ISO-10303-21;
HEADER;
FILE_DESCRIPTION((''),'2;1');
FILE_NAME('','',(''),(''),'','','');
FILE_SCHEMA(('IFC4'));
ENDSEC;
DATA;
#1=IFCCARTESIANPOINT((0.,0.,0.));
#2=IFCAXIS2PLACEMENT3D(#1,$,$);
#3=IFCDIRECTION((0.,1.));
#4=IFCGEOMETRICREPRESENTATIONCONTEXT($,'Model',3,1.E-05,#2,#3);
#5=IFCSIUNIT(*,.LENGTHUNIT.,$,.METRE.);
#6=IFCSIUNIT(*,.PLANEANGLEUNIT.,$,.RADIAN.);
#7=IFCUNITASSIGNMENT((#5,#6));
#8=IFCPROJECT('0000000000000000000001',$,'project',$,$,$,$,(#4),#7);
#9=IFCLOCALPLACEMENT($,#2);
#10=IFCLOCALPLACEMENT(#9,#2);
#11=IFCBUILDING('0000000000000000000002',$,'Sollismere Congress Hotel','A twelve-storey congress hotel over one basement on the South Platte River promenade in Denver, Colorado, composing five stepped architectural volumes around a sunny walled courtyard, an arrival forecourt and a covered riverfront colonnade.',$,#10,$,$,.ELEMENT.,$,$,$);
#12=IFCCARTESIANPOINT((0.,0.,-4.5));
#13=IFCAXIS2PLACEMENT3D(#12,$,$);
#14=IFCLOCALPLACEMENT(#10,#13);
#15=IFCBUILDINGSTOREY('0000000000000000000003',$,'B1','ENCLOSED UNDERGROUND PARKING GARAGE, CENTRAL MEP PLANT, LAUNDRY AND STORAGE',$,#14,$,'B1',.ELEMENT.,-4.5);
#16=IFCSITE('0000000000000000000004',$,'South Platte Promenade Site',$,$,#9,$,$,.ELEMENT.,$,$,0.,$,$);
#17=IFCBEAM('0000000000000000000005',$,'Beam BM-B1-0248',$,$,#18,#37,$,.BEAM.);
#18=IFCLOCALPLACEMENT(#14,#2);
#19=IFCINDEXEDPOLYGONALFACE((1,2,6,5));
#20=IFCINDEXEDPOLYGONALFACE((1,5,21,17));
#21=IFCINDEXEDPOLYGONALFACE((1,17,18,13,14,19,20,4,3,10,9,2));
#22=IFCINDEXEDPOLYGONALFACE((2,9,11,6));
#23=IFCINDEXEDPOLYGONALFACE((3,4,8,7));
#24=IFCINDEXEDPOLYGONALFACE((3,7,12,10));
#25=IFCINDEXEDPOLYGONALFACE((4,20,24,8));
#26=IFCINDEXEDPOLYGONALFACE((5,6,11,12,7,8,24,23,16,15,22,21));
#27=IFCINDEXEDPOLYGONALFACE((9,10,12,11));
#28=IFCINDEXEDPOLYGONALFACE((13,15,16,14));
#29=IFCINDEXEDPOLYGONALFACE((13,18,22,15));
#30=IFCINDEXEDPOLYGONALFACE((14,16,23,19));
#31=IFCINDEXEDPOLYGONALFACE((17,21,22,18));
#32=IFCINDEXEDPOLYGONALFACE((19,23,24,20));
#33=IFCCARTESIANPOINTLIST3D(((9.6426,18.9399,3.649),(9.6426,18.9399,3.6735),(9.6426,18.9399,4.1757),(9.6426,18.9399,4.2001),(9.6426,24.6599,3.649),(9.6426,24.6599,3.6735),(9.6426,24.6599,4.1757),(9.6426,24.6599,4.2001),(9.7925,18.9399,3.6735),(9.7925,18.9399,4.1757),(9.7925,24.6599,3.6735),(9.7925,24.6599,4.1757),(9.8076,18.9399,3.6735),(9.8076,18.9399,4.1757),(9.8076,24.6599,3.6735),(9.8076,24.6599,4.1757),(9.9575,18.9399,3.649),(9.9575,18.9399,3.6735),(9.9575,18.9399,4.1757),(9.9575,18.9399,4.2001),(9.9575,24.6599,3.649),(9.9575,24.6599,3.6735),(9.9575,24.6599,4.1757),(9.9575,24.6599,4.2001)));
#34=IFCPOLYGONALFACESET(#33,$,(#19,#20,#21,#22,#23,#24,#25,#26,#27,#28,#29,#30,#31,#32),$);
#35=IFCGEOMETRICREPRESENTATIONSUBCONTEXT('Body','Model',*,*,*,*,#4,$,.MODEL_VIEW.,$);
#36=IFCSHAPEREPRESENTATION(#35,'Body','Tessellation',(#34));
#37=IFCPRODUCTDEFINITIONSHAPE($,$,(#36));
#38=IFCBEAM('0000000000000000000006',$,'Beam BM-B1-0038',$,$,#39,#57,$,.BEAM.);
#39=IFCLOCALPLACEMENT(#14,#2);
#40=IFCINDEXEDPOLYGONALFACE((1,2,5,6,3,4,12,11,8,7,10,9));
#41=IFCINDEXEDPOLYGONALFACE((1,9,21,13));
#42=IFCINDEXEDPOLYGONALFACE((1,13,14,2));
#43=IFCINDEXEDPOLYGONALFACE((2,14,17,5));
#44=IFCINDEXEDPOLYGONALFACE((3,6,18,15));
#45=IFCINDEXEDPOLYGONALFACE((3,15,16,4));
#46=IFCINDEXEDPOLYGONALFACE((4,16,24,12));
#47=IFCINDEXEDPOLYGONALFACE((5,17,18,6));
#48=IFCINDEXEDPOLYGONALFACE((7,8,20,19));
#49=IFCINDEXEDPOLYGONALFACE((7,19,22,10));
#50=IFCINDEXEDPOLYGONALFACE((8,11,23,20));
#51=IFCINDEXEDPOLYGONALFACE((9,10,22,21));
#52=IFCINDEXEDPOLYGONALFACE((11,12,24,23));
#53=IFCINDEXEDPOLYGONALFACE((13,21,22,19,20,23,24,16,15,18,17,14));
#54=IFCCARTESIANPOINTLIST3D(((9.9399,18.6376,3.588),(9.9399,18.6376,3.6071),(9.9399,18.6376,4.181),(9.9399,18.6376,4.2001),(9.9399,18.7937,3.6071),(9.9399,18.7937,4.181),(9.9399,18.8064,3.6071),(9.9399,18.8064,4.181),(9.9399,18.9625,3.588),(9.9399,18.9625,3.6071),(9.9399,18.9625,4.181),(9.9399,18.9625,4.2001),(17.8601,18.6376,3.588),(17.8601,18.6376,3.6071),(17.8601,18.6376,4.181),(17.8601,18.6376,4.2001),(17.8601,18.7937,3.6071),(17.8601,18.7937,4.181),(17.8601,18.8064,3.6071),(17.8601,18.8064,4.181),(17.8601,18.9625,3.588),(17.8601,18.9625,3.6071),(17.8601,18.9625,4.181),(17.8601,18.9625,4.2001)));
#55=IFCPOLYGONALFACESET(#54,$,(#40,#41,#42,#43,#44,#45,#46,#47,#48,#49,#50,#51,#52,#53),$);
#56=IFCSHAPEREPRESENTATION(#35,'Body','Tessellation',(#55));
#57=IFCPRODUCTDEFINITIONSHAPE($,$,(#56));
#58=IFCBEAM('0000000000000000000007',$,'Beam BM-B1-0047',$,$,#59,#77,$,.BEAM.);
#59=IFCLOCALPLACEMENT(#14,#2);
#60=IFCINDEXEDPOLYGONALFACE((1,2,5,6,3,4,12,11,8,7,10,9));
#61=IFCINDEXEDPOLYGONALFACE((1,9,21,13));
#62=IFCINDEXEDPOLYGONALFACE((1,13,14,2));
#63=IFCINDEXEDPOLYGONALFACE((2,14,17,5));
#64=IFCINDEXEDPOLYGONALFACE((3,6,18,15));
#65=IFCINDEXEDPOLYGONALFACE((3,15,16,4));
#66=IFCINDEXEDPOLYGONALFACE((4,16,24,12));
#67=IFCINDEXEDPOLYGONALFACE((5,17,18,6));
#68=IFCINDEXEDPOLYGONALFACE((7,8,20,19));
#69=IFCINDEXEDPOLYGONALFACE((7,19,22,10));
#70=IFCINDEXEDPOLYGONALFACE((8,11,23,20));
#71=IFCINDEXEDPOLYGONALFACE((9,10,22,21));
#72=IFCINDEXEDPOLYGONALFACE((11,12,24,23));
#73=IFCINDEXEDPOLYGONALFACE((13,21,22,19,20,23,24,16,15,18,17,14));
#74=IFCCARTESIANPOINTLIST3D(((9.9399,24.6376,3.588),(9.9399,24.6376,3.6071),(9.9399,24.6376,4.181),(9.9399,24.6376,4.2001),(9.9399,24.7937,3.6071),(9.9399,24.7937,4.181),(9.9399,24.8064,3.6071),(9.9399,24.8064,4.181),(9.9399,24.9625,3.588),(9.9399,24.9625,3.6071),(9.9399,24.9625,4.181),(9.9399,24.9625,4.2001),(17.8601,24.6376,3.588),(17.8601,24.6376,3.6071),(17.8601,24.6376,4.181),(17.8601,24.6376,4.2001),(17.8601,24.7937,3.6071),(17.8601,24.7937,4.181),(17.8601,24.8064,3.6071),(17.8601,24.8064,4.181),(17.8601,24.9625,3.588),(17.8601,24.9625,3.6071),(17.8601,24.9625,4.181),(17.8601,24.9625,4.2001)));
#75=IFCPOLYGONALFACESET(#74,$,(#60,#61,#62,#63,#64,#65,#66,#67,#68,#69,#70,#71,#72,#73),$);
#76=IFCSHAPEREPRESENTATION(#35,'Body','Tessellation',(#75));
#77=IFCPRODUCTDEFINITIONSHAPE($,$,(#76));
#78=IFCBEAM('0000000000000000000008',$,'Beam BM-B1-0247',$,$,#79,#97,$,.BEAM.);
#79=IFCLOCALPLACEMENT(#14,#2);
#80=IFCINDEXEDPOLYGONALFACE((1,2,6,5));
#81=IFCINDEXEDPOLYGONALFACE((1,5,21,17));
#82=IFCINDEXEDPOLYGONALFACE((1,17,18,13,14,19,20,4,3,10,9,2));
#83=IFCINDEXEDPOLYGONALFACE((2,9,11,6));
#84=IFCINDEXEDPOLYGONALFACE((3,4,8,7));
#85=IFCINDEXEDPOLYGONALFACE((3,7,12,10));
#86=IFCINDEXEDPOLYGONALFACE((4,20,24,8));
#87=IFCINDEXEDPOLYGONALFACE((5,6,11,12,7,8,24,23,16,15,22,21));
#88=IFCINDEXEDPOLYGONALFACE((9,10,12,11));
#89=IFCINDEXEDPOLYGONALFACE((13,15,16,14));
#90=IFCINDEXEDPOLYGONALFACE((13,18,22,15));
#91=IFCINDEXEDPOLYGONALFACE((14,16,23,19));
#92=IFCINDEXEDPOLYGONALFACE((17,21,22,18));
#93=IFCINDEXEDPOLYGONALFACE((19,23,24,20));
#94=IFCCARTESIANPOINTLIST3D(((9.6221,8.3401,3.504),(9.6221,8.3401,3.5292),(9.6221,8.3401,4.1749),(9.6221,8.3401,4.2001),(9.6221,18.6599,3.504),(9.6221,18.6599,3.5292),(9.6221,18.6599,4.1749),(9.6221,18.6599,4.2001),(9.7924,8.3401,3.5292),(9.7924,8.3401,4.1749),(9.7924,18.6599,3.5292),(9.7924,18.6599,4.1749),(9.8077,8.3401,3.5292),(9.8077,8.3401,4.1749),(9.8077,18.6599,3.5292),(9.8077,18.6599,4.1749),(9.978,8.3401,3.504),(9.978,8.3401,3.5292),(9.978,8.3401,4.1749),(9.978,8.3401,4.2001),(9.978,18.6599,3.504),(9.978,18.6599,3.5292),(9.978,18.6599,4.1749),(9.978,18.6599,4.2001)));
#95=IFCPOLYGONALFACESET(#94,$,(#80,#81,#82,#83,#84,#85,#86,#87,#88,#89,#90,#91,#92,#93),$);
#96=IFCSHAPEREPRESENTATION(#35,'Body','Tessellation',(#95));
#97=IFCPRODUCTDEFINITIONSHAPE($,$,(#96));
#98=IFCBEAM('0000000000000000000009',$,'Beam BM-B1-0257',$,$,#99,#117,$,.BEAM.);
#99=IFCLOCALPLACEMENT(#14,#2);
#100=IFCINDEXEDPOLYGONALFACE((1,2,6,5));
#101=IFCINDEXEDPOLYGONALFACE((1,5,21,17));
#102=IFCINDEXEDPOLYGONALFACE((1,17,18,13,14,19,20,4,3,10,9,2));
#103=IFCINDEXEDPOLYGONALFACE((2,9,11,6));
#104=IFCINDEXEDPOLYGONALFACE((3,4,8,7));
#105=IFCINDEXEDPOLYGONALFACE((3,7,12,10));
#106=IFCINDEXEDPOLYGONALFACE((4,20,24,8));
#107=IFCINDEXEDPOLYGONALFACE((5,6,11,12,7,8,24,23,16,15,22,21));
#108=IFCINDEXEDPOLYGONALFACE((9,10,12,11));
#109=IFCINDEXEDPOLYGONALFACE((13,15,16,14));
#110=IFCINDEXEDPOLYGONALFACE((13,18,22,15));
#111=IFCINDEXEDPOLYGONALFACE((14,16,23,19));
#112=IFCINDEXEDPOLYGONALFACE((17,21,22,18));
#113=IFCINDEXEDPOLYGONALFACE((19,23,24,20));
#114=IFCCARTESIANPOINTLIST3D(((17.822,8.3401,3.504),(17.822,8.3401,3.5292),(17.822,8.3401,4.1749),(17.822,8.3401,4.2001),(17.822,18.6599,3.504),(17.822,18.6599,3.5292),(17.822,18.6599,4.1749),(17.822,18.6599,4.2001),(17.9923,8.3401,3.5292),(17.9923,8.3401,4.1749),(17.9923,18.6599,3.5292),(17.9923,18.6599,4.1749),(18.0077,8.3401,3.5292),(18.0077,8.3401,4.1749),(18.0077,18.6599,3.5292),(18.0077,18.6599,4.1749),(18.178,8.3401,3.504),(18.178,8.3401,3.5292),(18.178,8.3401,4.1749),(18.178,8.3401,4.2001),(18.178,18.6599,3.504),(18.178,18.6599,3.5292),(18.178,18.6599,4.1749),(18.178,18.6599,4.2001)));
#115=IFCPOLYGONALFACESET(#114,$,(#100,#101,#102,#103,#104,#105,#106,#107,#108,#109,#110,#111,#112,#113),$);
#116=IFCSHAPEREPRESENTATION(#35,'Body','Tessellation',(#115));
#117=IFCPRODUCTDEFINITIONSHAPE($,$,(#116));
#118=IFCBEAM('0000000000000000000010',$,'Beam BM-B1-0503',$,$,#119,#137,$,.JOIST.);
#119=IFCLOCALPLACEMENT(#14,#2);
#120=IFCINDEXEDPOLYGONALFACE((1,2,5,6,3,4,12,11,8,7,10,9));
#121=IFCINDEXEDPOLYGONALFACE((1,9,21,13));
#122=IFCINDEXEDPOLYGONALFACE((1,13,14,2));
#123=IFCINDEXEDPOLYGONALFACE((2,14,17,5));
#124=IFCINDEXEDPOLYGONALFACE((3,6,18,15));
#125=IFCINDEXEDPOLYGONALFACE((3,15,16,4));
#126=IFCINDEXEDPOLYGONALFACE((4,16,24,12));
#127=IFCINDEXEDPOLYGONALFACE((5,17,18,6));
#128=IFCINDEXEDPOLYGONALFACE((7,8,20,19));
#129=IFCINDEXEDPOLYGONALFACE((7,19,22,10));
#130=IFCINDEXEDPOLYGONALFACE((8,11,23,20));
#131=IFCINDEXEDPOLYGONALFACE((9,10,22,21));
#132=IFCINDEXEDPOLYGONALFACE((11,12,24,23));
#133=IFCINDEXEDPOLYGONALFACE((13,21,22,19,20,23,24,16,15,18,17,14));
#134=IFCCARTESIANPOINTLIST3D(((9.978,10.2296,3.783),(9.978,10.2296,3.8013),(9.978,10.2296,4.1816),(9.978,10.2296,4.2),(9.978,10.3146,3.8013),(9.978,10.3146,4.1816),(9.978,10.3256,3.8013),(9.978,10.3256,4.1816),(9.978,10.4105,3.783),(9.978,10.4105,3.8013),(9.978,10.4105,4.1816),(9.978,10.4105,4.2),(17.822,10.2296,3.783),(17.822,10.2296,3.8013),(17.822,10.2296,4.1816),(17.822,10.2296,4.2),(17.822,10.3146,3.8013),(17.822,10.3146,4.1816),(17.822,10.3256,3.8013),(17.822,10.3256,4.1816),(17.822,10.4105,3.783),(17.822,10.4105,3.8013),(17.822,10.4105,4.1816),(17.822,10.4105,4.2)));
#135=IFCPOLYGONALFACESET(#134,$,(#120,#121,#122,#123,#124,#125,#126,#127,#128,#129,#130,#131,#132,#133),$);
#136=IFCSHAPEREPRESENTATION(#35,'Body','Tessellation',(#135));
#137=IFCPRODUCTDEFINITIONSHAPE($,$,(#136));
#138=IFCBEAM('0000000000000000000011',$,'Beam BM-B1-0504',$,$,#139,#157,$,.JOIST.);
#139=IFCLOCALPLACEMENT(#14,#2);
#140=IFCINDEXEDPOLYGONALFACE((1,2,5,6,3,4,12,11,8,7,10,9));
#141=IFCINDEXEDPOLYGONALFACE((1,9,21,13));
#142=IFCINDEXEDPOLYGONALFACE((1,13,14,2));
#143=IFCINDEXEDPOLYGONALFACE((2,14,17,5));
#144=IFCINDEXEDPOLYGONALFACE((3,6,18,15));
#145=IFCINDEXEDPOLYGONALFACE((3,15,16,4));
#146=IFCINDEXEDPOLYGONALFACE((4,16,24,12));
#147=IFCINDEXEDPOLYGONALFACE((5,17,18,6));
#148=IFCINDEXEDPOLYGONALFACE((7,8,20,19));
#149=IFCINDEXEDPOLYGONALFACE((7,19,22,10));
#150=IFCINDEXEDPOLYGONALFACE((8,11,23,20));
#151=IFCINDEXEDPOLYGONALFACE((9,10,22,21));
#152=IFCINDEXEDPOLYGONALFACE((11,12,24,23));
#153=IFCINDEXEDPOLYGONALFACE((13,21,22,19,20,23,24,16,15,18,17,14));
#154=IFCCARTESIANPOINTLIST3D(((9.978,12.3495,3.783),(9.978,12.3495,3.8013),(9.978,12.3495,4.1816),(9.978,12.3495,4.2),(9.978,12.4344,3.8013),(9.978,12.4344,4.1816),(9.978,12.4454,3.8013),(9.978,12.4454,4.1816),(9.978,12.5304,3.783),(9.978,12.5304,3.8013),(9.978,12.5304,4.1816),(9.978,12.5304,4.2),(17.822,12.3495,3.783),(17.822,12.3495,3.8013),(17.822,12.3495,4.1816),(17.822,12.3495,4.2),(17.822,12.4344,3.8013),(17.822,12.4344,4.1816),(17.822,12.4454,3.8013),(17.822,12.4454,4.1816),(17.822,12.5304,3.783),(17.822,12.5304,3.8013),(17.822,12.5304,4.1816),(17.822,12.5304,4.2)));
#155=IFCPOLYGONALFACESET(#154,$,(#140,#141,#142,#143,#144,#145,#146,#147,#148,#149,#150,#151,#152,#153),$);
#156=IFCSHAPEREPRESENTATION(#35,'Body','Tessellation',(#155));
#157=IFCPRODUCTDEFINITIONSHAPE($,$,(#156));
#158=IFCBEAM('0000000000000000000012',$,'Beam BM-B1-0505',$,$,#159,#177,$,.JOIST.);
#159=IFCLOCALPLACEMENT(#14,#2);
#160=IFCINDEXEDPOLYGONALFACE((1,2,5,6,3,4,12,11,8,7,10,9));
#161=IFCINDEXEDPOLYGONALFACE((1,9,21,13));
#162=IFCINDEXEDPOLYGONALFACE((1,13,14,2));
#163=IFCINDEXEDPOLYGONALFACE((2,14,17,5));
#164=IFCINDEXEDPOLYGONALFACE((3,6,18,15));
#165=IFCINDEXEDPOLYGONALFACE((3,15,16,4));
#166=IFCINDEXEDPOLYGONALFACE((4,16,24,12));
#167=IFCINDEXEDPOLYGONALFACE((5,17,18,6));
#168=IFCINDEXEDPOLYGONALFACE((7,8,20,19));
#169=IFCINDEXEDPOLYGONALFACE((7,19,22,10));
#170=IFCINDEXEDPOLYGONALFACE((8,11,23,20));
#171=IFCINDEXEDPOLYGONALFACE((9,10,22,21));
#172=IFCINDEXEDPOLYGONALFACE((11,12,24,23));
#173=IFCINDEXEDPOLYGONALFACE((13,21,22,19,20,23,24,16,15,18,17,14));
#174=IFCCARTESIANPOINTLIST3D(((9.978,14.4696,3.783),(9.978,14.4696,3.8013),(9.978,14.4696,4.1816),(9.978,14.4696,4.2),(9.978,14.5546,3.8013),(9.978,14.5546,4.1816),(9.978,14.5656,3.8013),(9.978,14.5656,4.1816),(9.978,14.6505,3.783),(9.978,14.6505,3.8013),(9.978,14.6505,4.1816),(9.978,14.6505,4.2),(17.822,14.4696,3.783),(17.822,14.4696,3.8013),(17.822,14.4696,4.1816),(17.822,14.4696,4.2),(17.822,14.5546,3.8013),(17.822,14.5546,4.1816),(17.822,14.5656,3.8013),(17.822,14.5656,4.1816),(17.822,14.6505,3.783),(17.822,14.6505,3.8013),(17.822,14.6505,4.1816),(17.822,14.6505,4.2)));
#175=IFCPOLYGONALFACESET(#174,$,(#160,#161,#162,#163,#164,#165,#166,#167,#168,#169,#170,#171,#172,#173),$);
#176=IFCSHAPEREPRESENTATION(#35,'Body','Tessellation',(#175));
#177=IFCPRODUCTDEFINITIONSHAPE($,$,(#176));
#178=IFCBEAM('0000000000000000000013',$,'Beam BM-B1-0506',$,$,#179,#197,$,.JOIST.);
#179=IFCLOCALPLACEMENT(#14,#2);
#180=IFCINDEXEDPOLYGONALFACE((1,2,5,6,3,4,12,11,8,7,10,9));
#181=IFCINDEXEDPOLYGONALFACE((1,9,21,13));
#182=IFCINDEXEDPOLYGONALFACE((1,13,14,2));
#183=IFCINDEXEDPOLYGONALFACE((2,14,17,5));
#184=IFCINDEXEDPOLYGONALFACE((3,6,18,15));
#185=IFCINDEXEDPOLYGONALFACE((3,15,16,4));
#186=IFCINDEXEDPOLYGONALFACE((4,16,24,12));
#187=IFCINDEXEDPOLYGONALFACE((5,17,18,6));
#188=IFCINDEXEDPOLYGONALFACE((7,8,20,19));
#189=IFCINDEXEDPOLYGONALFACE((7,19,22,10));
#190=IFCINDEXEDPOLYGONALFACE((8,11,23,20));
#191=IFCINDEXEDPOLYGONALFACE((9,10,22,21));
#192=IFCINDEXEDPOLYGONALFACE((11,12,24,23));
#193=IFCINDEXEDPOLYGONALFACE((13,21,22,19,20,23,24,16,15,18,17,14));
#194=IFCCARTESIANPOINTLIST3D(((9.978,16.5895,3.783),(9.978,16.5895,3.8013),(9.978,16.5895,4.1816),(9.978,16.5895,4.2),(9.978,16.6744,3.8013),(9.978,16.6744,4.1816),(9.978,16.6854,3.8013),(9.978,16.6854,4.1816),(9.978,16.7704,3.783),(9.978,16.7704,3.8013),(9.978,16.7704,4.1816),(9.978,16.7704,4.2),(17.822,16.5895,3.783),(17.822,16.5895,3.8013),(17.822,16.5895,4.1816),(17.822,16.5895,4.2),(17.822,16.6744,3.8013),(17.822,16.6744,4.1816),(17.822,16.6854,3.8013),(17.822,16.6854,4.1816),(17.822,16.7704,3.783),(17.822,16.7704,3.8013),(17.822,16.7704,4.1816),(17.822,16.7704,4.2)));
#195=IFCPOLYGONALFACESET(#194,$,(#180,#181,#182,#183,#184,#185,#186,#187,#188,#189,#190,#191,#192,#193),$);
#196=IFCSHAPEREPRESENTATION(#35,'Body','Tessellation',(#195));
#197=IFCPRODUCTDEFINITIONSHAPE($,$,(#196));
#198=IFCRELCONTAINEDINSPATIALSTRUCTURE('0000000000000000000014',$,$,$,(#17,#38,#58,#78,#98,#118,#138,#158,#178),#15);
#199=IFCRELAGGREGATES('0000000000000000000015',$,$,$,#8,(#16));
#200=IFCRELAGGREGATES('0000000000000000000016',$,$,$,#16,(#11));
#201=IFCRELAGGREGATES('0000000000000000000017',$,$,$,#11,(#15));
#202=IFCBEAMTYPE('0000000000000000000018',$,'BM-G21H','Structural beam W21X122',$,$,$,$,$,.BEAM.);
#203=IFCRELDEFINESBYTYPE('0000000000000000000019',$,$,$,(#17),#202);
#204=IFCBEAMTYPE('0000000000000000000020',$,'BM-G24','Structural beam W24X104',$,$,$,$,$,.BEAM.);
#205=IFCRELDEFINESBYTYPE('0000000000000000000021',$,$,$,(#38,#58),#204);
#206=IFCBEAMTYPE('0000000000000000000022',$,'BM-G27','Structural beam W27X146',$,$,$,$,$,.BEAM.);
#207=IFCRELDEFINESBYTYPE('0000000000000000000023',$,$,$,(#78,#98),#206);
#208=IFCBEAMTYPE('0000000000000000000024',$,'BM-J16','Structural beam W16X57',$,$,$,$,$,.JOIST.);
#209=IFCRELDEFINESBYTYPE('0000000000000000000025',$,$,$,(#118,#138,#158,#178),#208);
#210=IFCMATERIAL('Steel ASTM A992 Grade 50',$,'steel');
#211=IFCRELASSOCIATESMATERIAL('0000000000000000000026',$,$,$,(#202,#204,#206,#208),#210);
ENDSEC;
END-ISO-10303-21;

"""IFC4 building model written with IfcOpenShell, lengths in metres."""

from ifc_helpers import new_model, si_unit, direction, frame, origin, origin_2d, place, context, subcontext, project, spatial, i_section, extrude, material, material_profile, profile_set, type_object, element, save


model = new_model("IFC4")

# Units and contexts
model_context = context("Model", 3, precision=1e-05, world=origin(), true_north=direction((0.0, 1.0)))
body_context = subcontext(model_context, "Body", "Model", "MODEL_VIEW")
ifc_project = project(units=[si_unit("LENGTHUNIT", "METRE"), si_unit("PLANEANGLEUNIT", "RADIAN")], contexts=[model_context])

# Site, building, storey
site_placement = place(None, origin())
site = spatial("IfcSite", under=ifc_project, at=site_placement, Name="South Platte Promenade Site", CompositionType="ELEMENT", RefElevation=0.0)
building_placement = place(site_placement, origin())
building = spatial("IfcBuilding", under=site, at=building_placement, Name="Sollismere Congress Hotel", Description="A twelve-storey congress hotel over one basement on the South Platte River promenade in Denver, Colorado, composing five stepped architectural volumes around a sunny walled courtyard, an arrival forecourt and a covered riverfront colonnade.", CompositionType="ELEMENT")
storey_placement = place(building_placement, frame((0.0, 0.0, -4.5)))
storey = spatial("IfcBuildingStorey", under=building, at=storey_placement, Name="B1", Description="ENCLOSED UNDERGROUND PARKING GARAGE, CENTRAL MEP PLANT, LAUNDRY AND STORAGE", LongName="B1", CompositionType="ELEMENT", Elevation=-4.5)

# Beams
ifc_material_1 = material(Name="Steel ASTM A992 Grade 50", Category="steel")
ifc_material_profile_1 = material_profile(ifc_material_1, i_section(OverallWidth=0.3149, OverallDepth=0.551, WebThickness=0.0151, FlangeThickness=0.0244, at=origin_2d()), Name="W21X122")
ifc_profile_set_1 = profile_set([ifc_material_profile_1], Name="Steel ASTM A992 Grade 50")
beam_type_1 = type_object("IfcBeamType", Name="BM-G21H", Description="Structural beam W21X122", PredefinedType="BEAM", material=ifc_profile_set_1)
beam_placement = place(storey_placement, frame((9.8, 18.9399, 3.9246), z_axis=(0.0, 1.0, 0.0), x_axis=(-1.0, 0.0, 0.0)))
element("IfcBeam", 1, at=beam_placement, inside=storey, type_object=beam_type_1, Name="Beam BM-B1-0248", PredefinedType="BEAM", context=body_context, shape_type="SweptSolid", body=[
    extrude(i_section(OverallWidth=0.3149, OverallDepth=0.551, WebThickness=0.0151, FlangeThickness=0.0244, at=origin_2d()), origin(), (0.0, 0.0, 1.0), 5.72),
])
ifc_material_profile_2 = material_profile(ifc_material_1, i_section(OverallWidth=0.325, OverallDepth=0.6121, WebThickness=0.0127, FlangeThickness=0.019, at=origin_2d()), Name="W24X104")
ifc_profile_set_2 = profile_set([ifc_material_profile_2], Name="Steel ASTM A992 Grade 50")
beam_type_2 = type_object("IfcBeamType", Name="BM-G24", Description="Structural beam W24X104", PredefinedType="BEAM", material=ifc_profile_set_2)
for number, where, z_axis, x_axis, name in (
    (2, (9.9399, 18.8, 3.894), (1.0, 0.0, 0.0), (0.0, 1.0, 0.0), "Beam BM-B1-0038"),
    (3, (9.9399, 24.8, 3.894), (1.0, 0.0, 0.0), (0.0, 1.0, 0.0), "Beam BM-B1-0047"),
):
    element("IfcBeam", number, at=place(storey_placement, frame(where, z_axis=z_axis, x_axis=x_axis)), inside=storey, type_object=beam_type_2, Name=name, PredefinedType="BEAM", context=body_context, shape_type="SweptSolid", body=[
        extrude(i_section(OverallWidth=0.325, OverallDepth=0.6121, WebThickness=0.0127, FlangeThickness=0.019, at=origin_2d()), origin(), (0.0, 0.0, 1.0), 7.9202),
    ])
ifc_material_profile_3 = material_profile(ifc_material_1, i_section(OverallWidth=0.356, OverallDepth=0.696, WebThickness=0.0154, FlangeThickness=0.0251, at=origin_2d()), Name="W27X146")
ifc_profile_set_3 = profile_set([ifc_material_profile_3], Name="Steel ASTM A992 Grade 50")
beam_type_3 = type_object("IfcBeamType", Name="BM-G27", Description="Structural beam W27X146", PredefinedType="BEAM", material=ifc_profile_set_3)
for number, where, z_axis, x_axis, name in (
    (4, (9.8, 8.3401, 3.8521), (0.0, 1.0, 0.0), (-1.0, 0.0, 0.0), "Beam BM-B1-0247"),
    (5, (18.0, 8.3401, 3.8521), (0.0, 1.0, 0.0), (-1.0, 0.0, 0.0), "Beam BM-B1-0257"),
):
    element("IfcBeam", number, at=place(storey_placement, frame(where, z_axis=z_axis, x_axis=x_axis)), inside=storey, type_object=beam_type_3, Name=name, PredefinedType="BEAM", context=body_context, shape_type="SweptSolid", body=[
        extrude(i_section(OverallWidth=0.356, OverallDepth=0.696, WebThickness=0.0154, FlangeThickness=0.0251, at=origin_2d()), origin(), (0.0, 0.0, 1.0), 10.3198),
    ])
ifc_material_profile_4 = material_profile(ifc_material_1, i_section(OverallWidth=0.1809, OverallDepth=0.417, WebThickness=0.011, FlangeThickness=0.0183, at=origin_2d()), Name="W16X57")
ifc_profile_set_4 = profile_set([ifc_material_profile_4], Name="Steel ASTM A992 Grade 50")
beam_type_4 = type_object("IfcBeamType", Name="BM-J16", Description="Structural beam W16X57", PredefinedType="JOIST", material=ifc_profile_set_4)
for number, where, z_axis, x_axis, name in (
    (6, (9.978, 10.3201, 3.9915), (1.0, 0.0, 0.0), (0.0, 1.0, 0.0), "Beam BM-B1-0503"),
    (7, (9.978, 12.4399, 3.9915), (1.0, 0.0, 0.0), (0.0, 1.0, 0.0), "Beam BM-B1-0504"),
    (8, (9.978, 14.5601, 3.9915), (1.0, 0.0, 0.0), (0.0, 1.0, 0.0), "Beam BM-B1-0505"),
    (9, (9.978, 16.6799, 3.9915), (1.0, 0.0, 0.0), (0.0, 1.0, 0.0), "Beam BM-B1-0506"),
):
    element("IfcBeam", number, at=place(storey_placement, frame(where, z_axis=z_axis, x_axis=x_axis)), inside=storey, type_object=beam_type_4, Name=name, PredefinedType="JOIST", context=body_context, shape_type="SweptSolid", body=[
        extrude(i_section(OverallWidth=0.1809, OverallDepth=0.417, WebThickness=0.011, FlangeThickness=0.0183, at=origin_2d()), origin(), (0.0, 0.0, 1.0), 7.844),
    ])

save(model, "model.ifc")
